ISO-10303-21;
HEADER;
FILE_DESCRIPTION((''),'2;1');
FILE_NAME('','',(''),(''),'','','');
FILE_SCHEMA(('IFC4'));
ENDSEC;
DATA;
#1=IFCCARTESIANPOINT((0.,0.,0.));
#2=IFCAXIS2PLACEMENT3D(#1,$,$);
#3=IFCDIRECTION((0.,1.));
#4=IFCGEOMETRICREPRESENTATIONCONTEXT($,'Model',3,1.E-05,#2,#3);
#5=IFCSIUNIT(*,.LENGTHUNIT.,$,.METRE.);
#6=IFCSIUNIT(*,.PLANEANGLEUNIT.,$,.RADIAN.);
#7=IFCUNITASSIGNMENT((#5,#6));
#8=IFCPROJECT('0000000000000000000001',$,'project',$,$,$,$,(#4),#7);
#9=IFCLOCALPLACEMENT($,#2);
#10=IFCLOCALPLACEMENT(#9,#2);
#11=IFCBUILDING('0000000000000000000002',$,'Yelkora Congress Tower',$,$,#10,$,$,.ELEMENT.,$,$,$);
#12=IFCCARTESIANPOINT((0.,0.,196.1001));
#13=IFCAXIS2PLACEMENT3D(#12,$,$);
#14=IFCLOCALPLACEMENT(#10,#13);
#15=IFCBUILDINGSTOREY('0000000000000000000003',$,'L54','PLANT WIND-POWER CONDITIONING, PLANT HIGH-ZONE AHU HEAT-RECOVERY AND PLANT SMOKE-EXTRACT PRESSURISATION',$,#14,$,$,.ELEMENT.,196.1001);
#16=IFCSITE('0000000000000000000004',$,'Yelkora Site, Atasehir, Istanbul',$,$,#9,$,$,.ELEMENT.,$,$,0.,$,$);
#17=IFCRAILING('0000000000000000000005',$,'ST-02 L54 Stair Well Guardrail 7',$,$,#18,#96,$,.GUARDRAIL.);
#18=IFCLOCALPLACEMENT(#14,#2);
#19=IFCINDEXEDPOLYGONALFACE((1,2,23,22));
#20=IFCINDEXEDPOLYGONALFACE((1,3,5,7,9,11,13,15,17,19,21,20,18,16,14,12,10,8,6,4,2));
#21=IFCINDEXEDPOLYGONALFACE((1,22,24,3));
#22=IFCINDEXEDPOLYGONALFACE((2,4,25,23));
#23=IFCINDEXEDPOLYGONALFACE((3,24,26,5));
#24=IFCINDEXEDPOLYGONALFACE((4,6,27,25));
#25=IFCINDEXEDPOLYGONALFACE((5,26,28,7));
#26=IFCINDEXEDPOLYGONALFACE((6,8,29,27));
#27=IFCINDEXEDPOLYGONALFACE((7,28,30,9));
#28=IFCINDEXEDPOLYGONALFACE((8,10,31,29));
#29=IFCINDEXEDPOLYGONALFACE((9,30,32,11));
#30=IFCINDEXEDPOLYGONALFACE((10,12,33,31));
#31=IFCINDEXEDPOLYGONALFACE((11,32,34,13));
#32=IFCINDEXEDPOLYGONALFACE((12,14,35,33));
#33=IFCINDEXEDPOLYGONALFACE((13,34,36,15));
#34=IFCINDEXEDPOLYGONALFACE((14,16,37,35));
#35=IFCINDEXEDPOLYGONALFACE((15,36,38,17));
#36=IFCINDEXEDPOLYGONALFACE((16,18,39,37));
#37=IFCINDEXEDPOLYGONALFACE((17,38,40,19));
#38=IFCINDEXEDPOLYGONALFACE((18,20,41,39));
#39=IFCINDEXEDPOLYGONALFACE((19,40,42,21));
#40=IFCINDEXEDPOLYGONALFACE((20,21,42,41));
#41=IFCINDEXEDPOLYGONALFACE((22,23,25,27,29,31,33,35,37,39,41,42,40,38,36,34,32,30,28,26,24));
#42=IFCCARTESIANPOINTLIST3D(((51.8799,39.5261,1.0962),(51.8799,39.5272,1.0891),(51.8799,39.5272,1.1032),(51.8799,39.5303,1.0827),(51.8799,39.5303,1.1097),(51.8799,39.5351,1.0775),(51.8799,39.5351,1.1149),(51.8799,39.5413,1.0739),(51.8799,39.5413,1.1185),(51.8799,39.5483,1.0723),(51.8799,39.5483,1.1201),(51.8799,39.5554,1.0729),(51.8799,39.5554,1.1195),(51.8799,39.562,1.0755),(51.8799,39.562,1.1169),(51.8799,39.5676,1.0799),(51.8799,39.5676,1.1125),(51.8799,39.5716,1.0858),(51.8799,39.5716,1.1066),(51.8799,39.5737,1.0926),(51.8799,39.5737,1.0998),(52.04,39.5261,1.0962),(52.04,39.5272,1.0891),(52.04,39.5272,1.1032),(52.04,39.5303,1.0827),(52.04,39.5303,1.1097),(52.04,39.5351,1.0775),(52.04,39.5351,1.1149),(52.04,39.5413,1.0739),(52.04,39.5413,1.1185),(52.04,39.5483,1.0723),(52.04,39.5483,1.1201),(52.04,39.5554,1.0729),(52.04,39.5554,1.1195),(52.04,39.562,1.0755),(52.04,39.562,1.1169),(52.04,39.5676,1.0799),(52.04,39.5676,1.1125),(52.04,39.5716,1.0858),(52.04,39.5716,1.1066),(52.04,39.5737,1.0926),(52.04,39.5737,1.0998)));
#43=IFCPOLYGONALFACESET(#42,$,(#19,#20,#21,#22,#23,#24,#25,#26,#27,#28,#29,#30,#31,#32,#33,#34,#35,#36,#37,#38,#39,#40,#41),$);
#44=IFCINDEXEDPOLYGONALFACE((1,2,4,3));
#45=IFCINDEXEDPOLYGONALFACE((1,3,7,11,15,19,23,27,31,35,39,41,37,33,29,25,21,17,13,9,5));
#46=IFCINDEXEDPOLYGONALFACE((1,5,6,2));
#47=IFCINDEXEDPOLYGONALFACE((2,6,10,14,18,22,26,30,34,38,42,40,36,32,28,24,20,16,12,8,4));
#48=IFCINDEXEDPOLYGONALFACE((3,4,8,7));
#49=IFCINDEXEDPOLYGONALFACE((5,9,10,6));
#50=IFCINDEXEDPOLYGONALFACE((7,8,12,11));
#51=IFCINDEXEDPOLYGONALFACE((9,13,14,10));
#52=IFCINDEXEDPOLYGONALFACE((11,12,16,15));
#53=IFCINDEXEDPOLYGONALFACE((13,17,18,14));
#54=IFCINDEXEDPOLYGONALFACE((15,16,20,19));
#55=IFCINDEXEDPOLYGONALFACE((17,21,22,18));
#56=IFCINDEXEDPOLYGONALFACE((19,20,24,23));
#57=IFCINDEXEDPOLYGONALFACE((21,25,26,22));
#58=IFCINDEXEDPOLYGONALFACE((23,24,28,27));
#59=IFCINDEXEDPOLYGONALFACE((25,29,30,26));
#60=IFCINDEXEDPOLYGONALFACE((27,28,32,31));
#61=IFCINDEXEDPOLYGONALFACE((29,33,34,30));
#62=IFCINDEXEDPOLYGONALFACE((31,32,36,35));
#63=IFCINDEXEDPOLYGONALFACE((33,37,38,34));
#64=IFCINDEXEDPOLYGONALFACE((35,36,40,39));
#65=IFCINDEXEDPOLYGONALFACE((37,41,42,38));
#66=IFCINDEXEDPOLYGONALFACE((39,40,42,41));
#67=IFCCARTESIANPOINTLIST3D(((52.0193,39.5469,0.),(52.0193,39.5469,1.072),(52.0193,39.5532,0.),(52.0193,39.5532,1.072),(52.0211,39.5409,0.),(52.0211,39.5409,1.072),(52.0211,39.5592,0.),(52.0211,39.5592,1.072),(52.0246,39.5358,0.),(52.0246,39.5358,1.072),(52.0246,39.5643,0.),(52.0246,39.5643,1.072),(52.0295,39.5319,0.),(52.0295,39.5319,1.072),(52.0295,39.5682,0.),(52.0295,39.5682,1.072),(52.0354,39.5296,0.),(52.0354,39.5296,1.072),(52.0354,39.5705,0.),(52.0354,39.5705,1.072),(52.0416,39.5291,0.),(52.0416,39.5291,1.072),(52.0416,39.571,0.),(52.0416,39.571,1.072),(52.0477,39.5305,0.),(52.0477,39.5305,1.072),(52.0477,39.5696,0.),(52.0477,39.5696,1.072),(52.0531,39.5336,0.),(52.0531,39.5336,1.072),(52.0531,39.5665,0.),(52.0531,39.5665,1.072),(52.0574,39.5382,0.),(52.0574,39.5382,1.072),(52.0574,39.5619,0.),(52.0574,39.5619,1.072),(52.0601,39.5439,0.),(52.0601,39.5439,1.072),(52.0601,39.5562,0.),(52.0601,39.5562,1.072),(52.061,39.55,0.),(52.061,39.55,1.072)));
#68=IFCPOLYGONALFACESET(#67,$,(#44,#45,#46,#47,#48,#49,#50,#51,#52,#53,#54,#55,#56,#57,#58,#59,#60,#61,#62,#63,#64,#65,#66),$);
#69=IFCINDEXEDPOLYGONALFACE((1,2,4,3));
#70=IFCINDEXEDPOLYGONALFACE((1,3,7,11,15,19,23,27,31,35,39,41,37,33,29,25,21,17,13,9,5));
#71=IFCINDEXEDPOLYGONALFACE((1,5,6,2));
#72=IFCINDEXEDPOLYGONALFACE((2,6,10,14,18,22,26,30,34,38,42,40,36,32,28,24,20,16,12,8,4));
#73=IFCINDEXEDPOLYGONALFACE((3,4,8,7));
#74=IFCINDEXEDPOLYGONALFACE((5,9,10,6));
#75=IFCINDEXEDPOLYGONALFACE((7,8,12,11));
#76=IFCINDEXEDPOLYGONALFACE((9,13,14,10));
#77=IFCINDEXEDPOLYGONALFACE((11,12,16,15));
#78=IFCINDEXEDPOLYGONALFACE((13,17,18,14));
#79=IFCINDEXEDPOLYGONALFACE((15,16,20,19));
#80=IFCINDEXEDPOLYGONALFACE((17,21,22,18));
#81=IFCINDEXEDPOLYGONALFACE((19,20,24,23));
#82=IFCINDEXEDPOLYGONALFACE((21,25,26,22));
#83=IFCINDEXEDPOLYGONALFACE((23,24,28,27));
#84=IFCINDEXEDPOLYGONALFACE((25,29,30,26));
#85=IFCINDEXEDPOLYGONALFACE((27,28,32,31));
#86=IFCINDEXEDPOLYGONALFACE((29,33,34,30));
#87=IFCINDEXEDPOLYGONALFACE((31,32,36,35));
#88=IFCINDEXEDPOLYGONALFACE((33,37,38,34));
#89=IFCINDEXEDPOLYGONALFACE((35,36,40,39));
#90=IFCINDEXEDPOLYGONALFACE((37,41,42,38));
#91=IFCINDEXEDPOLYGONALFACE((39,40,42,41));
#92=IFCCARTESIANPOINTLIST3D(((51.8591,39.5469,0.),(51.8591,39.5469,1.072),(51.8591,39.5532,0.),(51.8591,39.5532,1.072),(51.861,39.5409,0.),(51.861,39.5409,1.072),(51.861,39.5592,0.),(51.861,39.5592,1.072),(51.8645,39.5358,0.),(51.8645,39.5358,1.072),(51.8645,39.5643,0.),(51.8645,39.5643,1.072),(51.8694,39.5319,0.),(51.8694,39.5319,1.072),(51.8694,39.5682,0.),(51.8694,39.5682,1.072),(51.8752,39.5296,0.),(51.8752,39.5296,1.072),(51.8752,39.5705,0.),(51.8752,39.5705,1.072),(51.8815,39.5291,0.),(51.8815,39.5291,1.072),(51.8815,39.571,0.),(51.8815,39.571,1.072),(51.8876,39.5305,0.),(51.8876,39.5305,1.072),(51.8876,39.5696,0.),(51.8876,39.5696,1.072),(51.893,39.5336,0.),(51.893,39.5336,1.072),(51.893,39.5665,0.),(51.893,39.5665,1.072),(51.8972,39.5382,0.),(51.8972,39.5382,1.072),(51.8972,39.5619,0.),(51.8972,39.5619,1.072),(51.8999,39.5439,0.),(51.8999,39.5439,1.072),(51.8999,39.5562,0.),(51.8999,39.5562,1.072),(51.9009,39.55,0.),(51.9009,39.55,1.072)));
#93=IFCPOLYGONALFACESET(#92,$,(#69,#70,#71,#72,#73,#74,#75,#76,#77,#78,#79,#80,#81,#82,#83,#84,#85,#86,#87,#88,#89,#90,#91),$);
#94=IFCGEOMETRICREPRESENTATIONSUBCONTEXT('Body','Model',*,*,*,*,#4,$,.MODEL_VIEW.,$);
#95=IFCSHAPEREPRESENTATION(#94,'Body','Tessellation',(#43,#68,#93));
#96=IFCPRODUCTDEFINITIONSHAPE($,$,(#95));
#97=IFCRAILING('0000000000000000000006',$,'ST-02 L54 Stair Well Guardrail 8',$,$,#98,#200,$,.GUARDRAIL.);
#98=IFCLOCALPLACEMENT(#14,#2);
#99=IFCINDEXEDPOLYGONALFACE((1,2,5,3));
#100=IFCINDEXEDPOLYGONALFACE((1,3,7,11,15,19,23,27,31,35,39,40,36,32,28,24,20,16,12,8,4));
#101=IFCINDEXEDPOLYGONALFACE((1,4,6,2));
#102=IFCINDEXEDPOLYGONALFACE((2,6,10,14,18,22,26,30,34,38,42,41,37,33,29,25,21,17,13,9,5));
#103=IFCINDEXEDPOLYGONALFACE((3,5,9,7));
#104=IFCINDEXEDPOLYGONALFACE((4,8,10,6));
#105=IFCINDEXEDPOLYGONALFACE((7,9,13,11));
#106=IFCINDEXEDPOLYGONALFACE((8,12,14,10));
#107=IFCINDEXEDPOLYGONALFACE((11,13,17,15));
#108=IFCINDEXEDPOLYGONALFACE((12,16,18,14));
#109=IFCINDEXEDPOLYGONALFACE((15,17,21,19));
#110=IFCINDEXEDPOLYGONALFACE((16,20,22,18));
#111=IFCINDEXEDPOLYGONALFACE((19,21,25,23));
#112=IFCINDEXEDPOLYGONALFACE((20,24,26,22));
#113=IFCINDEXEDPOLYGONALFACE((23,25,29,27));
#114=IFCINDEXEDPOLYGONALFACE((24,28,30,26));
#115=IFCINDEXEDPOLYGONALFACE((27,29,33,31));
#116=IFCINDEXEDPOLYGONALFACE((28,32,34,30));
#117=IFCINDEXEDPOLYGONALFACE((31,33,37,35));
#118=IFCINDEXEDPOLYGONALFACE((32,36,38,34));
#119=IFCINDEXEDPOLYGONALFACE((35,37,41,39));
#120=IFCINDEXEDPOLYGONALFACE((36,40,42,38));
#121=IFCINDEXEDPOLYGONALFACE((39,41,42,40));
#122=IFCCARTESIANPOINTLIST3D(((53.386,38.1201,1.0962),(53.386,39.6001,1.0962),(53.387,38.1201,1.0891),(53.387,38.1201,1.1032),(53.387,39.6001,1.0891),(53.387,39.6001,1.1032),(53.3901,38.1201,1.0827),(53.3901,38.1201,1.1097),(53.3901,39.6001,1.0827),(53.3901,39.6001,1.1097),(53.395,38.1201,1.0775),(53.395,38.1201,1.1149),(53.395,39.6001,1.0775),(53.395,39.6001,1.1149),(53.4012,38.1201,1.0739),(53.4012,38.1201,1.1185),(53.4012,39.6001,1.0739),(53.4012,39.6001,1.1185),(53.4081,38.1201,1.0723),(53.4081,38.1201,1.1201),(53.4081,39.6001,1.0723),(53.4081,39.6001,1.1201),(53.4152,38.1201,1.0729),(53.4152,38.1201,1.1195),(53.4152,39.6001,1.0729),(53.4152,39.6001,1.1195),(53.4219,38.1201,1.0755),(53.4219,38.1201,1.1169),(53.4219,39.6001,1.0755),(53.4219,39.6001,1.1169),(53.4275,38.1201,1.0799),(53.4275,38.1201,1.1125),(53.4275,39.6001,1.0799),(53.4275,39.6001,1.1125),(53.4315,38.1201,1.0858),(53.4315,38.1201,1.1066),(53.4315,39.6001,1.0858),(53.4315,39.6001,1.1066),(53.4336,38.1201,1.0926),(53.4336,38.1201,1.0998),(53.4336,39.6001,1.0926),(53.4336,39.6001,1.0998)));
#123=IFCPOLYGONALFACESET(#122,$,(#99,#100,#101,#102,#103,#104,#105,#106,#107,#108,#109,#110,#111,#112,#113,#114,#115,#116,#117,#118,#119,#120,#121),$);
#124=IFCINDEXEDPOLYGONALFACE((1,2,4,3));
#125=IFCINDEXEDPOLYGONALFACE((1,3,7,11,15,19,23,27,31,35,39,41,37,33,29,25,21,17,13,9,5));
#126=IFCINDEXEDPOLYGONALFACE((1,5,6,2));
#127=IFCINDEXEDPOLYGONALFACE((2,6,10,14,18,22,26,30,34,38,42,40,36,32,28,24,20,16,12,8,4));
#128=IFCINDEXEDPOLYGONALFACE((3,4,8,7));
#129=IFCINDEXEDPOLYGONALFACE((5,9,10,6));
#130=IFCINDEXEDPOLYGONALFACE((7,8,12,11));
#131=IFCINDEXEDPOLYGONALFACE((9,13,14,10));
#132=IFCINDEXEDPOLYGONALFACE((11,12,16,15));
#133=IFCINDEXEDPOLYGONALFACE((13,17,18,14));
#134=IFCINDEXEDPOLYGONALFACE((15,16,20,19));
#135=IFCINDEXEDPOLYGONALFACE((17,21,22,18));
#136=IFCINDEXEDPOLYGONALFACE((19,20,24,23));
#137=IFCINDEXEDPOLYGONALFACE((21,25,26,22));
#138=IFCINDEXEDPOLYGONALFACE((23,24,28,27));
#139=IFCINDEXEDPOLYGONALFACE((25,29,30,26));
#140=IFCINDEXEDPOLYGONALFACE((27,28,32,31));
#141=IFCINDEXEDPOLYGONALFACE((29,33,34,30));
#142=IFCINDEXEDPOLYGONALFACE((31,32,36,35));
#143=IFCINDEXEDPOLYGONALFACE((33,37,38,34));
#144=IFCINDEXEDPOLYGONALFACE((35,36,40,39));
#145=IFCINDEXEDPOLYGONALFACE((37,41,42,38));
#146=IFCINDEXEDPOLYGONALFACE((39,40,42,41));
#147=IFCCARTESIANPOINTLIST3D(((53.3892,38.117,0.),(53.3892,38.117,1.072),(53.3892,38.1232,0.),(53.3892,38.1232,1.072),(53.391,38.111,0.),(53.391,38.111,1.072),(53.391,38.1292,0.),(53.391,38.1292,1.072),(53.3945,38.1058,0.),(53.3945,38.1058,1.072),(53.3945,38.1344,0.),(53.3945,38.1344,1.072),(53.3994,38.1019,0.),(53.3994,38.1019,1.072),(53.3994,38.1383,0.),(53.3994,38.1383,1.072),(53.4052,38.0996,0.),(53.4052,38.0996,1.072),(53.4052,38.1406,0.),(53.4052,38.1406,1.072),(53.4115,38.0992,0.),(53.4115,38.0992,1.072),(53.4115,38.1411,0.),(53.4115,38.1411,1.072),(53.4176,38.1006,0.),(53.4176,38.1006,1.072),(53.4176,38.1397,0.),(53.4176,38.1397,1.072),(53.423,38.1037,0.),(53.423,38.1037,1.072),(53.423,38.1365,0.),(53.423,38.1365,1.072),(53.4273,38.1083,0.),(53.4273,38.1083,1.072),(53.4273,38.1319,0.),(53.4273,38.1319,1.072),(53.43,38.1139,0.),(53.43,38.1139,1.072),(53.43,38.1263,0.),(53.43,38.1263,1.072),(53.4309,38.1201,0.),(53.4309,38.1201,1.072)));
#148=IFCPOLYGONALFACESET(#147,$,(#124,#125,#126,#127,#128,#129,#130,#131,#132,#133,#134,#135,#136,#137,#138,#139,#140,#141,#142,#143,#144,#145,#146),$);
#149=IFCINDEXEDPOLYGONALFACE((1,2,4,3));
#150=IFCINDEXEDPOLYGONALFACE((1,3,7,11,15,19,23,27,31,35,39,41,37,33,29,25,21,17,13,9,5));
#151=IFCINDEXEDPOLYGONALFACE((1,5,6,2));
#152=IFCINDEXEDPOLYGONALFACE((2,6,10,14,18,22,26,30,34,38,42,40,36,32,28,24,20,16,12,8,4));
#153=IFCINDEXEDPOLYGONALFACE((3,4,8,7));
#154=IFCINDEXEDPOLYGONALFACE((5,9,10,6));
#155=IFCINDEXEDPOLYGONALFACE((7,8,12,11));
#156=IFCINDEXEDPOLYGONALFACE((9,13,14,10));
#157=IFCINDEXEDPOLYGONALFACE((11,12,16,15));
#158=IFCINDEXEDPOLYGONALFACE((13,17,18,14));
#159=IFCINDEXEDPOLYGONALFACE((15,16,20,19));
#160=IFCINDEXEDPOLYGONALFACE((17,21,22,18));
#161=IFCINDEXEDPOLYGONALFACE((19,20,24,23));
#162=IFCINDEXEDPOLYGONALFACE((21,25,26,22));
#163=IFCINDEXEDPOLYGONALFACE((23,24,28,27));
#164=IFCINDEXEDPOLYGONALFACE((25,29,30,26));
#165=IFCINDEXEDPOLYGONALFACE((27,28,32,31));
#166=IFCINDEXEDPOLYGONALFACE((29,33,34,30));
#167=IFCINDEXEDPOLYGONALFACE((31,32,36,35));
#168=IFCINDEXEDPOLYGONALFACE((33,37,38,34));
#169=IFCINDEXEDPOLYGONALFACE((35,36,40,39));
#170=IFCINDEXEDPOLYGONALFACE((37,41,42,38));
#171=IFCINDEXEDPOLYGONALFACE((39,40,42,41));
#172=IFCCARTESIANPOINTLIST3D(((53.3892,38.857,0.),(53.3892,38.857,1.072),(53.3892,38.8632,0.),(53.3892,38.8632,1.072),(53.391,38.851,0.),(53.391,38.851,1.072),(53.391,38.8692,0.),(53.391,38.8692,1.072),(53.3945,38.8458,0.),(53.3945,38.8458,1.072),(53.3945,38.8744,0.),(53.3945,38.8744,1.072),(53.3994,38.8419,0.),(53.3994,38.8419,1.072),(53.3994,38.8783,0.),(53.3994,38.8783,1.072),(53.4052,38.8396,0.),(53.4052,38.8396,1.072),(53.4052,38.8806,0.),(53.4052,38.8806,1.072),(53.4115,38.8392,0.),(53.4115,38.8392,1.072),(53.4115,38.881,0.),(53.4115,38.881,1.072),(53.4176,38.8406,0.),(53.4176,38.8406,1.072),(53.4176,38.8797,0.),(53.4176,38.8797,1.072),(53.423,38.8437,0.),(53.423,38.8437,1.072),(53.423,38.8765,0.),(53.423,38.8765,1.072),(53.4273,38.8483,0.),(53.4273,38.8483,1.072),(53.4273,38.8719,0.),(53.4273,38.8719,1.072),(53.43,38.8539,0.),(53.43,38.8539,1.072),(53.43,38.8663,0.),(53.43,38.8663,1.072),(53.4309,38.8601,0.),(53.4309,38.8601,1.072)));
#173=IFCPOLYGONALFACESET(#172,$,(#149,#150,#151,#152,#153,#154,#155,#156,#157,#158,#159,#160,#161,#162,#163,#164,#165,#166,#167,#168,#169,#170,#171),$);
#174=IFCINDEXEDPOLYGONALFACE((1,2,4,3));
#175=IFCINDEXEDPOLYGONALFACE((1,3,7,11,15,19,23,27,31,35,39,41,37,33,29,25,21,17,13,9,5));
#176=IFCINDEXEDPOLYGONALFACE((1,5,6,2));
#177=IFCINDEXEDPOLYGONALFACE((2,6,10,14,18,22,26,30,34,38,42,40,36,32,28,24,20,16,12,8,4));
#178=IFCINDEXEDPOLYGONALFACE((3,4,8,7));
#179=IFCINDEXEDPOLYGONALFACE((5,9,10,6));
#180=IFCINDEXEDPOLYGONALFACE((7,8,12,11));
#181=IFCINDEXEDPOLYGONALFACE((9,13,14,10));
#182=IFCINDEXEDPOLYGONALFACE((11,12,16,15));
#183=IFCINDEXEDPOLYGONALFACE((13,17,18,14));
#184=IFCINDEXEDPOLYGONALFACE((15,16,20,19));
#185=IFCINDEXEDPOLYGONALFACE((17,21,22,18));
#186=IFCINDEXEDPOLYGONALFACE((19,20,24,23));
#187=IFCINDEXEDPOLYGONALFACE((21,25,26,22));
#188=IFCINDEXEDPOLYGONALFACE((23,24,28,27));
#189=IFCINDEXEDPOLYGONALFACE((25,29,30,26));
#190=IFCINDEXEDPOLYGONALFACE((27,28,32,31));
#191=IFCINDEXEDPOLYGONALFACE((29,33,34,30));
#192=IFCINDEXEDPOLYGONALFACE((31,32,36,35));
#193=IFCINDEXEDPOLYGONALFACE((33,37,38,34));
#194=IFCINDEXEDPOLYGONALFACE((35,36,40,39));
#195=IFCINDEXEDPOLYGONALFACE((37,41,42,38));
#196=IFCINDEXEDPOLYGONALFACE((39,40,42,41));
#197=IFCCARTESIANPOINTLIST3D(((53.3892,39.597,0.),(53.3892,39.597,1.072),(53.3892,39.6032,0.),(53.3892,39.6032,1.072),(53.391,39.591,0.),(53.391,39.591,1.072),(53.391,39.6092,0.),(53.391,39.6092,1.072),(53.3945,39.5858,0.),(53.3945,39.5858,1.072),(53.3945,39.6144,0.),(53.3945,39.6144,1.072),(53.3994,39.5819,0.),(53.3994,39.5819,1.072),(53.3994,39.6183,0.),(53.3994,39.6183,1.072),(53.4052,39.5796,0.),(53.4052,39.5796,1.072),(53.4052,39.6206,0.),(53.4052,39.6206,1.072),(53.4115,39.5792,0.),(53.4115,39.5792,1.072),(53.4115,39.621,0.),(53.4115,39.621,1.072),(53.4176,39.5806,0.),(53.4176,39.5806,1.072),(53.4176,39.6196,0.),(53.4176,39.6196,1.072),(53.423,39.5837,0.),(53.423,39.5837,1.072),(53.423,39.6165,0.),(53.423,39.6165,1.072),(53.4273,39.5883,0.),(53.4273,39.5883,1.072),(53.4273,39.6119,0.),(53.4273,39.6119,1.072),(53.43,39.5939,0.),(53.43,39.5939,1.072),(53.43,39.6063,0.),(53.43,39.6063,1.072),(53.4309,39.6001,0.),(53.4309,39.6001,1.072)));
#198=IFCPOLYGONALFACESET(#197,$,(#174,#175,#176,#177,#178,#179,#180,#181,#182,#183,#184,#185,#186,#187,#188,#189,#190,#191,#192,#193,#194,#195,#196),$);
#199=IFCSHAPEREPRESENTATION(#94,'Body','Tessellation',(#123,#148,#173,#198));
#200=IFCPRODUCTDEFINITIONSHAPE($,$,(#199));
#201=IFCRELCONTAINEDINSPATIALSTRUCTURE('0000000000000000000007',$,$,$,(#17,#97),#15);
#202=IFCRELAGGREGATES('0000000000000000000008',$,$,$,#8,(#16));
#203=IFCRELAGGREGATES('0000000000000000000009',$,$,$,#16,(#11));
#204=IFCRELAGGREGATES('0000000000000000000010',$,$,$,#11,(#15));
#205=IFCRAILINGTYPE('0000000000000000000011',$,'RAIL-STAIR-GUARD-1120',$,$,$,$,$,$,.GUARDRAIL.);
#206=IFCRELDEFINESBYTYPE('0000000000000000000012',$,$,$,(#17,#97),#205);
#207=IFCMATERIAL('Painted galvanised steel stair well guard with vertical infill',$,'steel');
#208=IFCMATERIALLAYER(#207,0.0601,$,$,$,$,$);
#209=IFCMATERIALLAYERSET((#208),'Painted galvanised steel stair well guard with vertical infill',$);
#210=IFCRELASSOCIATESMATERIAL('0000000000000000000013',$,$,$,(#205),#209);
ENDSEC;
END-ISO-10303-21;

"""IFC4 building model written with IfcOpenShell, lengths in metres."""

from ifc_helpers import new_model, si_unit, direction, frame, origin, origin_2d, place, context, subcontext, project, spatial, circle, extrude, material, layer, layer_set, type_object, element, save


model = new_model("IFC4")

# Units and contexts
model_context = context("Model", 3, precision=1e-05, world=origin(), true_north=direction((0.0, 1.0)))
body_context = subcontext(model_context, "Body", "Model", "MODEL_VIEW")
ifc_project = project(units=[si_unit("LENGTHUNIT", "METRE"), si_unit("PLANEANGLEUNIT", "RADIAN")], contexts=[model_context])

# Site, building, storey
site_placement = place(None, origin())
site = spatial("IfcSite", under=ifc_project, at=site_placement, Name="Yelkora Site, Atasehir, Istanbul", CompositionType="ELEMENT", RefElevation=0.0)
building_placement = place(site_placement, origin())
building = spatial("IfcBuilding", under=site, at=building_placement, Name="Yelkora Congress Tower", CompositionType="ELEMENT")
storey_placement = place(building_placement, frame((0.0, 0.0, 196.1001)))
storey = spatial("IfcBuildingStorey", under=building, at=storey_placement, Name="L54", Description="PLANT WIND-POWER CONDITIONING, PLANT HIGH-ZONE AHU HEAT-RECOVERY AND PLANT SMOKE-EXTRACT PRESSURISATION", CompositionType="ELEMENT", Elevation=196.1001)

# Railings
ifc_material_1 = material(Name="Painted galvanised steel stair well guard with vertical infill", Category="steel")
ifc_layer_1 = layer(ifc_material_1, 0.0601)
ifc_layer_set_1 = layer_set([ifc_layer_1], Name="Painted galvanised steel stair well guard with vertical infill")
railing_type_1 = type_object("IfcRailingType", Name="RAIL-STAIR-GUARD-1120", PredefinedType="GUARDRAIL", material=ifc_layer_set_1)
railing_1_placement = place(storey_placement, frame((52.04, 39.55, 0.0)))
element("IfcRailing", 1, at=railing_1_placement, inside=storey, type_object=railing_type_1, Name="ST-02 L54 Stair Well Guardrail 7", PredefinedType="GUARDRAIL", context=body_context, shape_type="SweptSolid", body=[
    extrude(circle(Radius=0.0239, at=origin_2d()), frame((0.0, 0.0, 1.0962), z_axis=(-1.0, 0.0, 0.0), x_axis=(0.0, -1.0, 0.0)), (0.0, 0.0, 1.0), 0.1602),
    extrude(circle(Radius=0.021, at=origin_2d()), origin(), (0.0, 0.0, 1.0), 1.072),
    extrude(circle(Radius=0.021, at=origin_2d()), frame((-0.1602, 0.0, 0.0)), (0.0, 0.0, 1.0), 1.072),
])
railing_2_placement = place(storey_placement, frame((53.4099, 38.1201, 0.0)))
element("IfcRailing", 2, at=railing_2_placement, inside=storey, type_object=railing_type_1, Name="ST-02 L54 Stair Well Guardrail 8", PredefinedType="GUARDRAIL", context=body_context, shape_type="SweptSolid", body=[
    extrude(circle(Radius=0.0239, at=origin_2d()), frame((0.0, 0.0, 1.0962), z_axis=(0.0, 1.0, 0.0), x_axis=(-1.0, 0.0, 0.0)), (0.0, 0.0, 1.0), 1.48),
    extrude(circle(Radius=0.021, at=origin_2d()), origin(), (0.0, 0.0, 1.0), 1.072),
    extrude(circle(Radius=0.021, at=origin_2d()), frame((0.0, 0.74, 0.0)), (0.0, 0.0, 1.0), 1.072),
    extrude(circle(Radius=0.021, at=origin_2d()), frame((0.0, 1.48, 0.0)), (0.0, 0.0, 1.0), 1.072),
])

save(model, "model.ifc")
